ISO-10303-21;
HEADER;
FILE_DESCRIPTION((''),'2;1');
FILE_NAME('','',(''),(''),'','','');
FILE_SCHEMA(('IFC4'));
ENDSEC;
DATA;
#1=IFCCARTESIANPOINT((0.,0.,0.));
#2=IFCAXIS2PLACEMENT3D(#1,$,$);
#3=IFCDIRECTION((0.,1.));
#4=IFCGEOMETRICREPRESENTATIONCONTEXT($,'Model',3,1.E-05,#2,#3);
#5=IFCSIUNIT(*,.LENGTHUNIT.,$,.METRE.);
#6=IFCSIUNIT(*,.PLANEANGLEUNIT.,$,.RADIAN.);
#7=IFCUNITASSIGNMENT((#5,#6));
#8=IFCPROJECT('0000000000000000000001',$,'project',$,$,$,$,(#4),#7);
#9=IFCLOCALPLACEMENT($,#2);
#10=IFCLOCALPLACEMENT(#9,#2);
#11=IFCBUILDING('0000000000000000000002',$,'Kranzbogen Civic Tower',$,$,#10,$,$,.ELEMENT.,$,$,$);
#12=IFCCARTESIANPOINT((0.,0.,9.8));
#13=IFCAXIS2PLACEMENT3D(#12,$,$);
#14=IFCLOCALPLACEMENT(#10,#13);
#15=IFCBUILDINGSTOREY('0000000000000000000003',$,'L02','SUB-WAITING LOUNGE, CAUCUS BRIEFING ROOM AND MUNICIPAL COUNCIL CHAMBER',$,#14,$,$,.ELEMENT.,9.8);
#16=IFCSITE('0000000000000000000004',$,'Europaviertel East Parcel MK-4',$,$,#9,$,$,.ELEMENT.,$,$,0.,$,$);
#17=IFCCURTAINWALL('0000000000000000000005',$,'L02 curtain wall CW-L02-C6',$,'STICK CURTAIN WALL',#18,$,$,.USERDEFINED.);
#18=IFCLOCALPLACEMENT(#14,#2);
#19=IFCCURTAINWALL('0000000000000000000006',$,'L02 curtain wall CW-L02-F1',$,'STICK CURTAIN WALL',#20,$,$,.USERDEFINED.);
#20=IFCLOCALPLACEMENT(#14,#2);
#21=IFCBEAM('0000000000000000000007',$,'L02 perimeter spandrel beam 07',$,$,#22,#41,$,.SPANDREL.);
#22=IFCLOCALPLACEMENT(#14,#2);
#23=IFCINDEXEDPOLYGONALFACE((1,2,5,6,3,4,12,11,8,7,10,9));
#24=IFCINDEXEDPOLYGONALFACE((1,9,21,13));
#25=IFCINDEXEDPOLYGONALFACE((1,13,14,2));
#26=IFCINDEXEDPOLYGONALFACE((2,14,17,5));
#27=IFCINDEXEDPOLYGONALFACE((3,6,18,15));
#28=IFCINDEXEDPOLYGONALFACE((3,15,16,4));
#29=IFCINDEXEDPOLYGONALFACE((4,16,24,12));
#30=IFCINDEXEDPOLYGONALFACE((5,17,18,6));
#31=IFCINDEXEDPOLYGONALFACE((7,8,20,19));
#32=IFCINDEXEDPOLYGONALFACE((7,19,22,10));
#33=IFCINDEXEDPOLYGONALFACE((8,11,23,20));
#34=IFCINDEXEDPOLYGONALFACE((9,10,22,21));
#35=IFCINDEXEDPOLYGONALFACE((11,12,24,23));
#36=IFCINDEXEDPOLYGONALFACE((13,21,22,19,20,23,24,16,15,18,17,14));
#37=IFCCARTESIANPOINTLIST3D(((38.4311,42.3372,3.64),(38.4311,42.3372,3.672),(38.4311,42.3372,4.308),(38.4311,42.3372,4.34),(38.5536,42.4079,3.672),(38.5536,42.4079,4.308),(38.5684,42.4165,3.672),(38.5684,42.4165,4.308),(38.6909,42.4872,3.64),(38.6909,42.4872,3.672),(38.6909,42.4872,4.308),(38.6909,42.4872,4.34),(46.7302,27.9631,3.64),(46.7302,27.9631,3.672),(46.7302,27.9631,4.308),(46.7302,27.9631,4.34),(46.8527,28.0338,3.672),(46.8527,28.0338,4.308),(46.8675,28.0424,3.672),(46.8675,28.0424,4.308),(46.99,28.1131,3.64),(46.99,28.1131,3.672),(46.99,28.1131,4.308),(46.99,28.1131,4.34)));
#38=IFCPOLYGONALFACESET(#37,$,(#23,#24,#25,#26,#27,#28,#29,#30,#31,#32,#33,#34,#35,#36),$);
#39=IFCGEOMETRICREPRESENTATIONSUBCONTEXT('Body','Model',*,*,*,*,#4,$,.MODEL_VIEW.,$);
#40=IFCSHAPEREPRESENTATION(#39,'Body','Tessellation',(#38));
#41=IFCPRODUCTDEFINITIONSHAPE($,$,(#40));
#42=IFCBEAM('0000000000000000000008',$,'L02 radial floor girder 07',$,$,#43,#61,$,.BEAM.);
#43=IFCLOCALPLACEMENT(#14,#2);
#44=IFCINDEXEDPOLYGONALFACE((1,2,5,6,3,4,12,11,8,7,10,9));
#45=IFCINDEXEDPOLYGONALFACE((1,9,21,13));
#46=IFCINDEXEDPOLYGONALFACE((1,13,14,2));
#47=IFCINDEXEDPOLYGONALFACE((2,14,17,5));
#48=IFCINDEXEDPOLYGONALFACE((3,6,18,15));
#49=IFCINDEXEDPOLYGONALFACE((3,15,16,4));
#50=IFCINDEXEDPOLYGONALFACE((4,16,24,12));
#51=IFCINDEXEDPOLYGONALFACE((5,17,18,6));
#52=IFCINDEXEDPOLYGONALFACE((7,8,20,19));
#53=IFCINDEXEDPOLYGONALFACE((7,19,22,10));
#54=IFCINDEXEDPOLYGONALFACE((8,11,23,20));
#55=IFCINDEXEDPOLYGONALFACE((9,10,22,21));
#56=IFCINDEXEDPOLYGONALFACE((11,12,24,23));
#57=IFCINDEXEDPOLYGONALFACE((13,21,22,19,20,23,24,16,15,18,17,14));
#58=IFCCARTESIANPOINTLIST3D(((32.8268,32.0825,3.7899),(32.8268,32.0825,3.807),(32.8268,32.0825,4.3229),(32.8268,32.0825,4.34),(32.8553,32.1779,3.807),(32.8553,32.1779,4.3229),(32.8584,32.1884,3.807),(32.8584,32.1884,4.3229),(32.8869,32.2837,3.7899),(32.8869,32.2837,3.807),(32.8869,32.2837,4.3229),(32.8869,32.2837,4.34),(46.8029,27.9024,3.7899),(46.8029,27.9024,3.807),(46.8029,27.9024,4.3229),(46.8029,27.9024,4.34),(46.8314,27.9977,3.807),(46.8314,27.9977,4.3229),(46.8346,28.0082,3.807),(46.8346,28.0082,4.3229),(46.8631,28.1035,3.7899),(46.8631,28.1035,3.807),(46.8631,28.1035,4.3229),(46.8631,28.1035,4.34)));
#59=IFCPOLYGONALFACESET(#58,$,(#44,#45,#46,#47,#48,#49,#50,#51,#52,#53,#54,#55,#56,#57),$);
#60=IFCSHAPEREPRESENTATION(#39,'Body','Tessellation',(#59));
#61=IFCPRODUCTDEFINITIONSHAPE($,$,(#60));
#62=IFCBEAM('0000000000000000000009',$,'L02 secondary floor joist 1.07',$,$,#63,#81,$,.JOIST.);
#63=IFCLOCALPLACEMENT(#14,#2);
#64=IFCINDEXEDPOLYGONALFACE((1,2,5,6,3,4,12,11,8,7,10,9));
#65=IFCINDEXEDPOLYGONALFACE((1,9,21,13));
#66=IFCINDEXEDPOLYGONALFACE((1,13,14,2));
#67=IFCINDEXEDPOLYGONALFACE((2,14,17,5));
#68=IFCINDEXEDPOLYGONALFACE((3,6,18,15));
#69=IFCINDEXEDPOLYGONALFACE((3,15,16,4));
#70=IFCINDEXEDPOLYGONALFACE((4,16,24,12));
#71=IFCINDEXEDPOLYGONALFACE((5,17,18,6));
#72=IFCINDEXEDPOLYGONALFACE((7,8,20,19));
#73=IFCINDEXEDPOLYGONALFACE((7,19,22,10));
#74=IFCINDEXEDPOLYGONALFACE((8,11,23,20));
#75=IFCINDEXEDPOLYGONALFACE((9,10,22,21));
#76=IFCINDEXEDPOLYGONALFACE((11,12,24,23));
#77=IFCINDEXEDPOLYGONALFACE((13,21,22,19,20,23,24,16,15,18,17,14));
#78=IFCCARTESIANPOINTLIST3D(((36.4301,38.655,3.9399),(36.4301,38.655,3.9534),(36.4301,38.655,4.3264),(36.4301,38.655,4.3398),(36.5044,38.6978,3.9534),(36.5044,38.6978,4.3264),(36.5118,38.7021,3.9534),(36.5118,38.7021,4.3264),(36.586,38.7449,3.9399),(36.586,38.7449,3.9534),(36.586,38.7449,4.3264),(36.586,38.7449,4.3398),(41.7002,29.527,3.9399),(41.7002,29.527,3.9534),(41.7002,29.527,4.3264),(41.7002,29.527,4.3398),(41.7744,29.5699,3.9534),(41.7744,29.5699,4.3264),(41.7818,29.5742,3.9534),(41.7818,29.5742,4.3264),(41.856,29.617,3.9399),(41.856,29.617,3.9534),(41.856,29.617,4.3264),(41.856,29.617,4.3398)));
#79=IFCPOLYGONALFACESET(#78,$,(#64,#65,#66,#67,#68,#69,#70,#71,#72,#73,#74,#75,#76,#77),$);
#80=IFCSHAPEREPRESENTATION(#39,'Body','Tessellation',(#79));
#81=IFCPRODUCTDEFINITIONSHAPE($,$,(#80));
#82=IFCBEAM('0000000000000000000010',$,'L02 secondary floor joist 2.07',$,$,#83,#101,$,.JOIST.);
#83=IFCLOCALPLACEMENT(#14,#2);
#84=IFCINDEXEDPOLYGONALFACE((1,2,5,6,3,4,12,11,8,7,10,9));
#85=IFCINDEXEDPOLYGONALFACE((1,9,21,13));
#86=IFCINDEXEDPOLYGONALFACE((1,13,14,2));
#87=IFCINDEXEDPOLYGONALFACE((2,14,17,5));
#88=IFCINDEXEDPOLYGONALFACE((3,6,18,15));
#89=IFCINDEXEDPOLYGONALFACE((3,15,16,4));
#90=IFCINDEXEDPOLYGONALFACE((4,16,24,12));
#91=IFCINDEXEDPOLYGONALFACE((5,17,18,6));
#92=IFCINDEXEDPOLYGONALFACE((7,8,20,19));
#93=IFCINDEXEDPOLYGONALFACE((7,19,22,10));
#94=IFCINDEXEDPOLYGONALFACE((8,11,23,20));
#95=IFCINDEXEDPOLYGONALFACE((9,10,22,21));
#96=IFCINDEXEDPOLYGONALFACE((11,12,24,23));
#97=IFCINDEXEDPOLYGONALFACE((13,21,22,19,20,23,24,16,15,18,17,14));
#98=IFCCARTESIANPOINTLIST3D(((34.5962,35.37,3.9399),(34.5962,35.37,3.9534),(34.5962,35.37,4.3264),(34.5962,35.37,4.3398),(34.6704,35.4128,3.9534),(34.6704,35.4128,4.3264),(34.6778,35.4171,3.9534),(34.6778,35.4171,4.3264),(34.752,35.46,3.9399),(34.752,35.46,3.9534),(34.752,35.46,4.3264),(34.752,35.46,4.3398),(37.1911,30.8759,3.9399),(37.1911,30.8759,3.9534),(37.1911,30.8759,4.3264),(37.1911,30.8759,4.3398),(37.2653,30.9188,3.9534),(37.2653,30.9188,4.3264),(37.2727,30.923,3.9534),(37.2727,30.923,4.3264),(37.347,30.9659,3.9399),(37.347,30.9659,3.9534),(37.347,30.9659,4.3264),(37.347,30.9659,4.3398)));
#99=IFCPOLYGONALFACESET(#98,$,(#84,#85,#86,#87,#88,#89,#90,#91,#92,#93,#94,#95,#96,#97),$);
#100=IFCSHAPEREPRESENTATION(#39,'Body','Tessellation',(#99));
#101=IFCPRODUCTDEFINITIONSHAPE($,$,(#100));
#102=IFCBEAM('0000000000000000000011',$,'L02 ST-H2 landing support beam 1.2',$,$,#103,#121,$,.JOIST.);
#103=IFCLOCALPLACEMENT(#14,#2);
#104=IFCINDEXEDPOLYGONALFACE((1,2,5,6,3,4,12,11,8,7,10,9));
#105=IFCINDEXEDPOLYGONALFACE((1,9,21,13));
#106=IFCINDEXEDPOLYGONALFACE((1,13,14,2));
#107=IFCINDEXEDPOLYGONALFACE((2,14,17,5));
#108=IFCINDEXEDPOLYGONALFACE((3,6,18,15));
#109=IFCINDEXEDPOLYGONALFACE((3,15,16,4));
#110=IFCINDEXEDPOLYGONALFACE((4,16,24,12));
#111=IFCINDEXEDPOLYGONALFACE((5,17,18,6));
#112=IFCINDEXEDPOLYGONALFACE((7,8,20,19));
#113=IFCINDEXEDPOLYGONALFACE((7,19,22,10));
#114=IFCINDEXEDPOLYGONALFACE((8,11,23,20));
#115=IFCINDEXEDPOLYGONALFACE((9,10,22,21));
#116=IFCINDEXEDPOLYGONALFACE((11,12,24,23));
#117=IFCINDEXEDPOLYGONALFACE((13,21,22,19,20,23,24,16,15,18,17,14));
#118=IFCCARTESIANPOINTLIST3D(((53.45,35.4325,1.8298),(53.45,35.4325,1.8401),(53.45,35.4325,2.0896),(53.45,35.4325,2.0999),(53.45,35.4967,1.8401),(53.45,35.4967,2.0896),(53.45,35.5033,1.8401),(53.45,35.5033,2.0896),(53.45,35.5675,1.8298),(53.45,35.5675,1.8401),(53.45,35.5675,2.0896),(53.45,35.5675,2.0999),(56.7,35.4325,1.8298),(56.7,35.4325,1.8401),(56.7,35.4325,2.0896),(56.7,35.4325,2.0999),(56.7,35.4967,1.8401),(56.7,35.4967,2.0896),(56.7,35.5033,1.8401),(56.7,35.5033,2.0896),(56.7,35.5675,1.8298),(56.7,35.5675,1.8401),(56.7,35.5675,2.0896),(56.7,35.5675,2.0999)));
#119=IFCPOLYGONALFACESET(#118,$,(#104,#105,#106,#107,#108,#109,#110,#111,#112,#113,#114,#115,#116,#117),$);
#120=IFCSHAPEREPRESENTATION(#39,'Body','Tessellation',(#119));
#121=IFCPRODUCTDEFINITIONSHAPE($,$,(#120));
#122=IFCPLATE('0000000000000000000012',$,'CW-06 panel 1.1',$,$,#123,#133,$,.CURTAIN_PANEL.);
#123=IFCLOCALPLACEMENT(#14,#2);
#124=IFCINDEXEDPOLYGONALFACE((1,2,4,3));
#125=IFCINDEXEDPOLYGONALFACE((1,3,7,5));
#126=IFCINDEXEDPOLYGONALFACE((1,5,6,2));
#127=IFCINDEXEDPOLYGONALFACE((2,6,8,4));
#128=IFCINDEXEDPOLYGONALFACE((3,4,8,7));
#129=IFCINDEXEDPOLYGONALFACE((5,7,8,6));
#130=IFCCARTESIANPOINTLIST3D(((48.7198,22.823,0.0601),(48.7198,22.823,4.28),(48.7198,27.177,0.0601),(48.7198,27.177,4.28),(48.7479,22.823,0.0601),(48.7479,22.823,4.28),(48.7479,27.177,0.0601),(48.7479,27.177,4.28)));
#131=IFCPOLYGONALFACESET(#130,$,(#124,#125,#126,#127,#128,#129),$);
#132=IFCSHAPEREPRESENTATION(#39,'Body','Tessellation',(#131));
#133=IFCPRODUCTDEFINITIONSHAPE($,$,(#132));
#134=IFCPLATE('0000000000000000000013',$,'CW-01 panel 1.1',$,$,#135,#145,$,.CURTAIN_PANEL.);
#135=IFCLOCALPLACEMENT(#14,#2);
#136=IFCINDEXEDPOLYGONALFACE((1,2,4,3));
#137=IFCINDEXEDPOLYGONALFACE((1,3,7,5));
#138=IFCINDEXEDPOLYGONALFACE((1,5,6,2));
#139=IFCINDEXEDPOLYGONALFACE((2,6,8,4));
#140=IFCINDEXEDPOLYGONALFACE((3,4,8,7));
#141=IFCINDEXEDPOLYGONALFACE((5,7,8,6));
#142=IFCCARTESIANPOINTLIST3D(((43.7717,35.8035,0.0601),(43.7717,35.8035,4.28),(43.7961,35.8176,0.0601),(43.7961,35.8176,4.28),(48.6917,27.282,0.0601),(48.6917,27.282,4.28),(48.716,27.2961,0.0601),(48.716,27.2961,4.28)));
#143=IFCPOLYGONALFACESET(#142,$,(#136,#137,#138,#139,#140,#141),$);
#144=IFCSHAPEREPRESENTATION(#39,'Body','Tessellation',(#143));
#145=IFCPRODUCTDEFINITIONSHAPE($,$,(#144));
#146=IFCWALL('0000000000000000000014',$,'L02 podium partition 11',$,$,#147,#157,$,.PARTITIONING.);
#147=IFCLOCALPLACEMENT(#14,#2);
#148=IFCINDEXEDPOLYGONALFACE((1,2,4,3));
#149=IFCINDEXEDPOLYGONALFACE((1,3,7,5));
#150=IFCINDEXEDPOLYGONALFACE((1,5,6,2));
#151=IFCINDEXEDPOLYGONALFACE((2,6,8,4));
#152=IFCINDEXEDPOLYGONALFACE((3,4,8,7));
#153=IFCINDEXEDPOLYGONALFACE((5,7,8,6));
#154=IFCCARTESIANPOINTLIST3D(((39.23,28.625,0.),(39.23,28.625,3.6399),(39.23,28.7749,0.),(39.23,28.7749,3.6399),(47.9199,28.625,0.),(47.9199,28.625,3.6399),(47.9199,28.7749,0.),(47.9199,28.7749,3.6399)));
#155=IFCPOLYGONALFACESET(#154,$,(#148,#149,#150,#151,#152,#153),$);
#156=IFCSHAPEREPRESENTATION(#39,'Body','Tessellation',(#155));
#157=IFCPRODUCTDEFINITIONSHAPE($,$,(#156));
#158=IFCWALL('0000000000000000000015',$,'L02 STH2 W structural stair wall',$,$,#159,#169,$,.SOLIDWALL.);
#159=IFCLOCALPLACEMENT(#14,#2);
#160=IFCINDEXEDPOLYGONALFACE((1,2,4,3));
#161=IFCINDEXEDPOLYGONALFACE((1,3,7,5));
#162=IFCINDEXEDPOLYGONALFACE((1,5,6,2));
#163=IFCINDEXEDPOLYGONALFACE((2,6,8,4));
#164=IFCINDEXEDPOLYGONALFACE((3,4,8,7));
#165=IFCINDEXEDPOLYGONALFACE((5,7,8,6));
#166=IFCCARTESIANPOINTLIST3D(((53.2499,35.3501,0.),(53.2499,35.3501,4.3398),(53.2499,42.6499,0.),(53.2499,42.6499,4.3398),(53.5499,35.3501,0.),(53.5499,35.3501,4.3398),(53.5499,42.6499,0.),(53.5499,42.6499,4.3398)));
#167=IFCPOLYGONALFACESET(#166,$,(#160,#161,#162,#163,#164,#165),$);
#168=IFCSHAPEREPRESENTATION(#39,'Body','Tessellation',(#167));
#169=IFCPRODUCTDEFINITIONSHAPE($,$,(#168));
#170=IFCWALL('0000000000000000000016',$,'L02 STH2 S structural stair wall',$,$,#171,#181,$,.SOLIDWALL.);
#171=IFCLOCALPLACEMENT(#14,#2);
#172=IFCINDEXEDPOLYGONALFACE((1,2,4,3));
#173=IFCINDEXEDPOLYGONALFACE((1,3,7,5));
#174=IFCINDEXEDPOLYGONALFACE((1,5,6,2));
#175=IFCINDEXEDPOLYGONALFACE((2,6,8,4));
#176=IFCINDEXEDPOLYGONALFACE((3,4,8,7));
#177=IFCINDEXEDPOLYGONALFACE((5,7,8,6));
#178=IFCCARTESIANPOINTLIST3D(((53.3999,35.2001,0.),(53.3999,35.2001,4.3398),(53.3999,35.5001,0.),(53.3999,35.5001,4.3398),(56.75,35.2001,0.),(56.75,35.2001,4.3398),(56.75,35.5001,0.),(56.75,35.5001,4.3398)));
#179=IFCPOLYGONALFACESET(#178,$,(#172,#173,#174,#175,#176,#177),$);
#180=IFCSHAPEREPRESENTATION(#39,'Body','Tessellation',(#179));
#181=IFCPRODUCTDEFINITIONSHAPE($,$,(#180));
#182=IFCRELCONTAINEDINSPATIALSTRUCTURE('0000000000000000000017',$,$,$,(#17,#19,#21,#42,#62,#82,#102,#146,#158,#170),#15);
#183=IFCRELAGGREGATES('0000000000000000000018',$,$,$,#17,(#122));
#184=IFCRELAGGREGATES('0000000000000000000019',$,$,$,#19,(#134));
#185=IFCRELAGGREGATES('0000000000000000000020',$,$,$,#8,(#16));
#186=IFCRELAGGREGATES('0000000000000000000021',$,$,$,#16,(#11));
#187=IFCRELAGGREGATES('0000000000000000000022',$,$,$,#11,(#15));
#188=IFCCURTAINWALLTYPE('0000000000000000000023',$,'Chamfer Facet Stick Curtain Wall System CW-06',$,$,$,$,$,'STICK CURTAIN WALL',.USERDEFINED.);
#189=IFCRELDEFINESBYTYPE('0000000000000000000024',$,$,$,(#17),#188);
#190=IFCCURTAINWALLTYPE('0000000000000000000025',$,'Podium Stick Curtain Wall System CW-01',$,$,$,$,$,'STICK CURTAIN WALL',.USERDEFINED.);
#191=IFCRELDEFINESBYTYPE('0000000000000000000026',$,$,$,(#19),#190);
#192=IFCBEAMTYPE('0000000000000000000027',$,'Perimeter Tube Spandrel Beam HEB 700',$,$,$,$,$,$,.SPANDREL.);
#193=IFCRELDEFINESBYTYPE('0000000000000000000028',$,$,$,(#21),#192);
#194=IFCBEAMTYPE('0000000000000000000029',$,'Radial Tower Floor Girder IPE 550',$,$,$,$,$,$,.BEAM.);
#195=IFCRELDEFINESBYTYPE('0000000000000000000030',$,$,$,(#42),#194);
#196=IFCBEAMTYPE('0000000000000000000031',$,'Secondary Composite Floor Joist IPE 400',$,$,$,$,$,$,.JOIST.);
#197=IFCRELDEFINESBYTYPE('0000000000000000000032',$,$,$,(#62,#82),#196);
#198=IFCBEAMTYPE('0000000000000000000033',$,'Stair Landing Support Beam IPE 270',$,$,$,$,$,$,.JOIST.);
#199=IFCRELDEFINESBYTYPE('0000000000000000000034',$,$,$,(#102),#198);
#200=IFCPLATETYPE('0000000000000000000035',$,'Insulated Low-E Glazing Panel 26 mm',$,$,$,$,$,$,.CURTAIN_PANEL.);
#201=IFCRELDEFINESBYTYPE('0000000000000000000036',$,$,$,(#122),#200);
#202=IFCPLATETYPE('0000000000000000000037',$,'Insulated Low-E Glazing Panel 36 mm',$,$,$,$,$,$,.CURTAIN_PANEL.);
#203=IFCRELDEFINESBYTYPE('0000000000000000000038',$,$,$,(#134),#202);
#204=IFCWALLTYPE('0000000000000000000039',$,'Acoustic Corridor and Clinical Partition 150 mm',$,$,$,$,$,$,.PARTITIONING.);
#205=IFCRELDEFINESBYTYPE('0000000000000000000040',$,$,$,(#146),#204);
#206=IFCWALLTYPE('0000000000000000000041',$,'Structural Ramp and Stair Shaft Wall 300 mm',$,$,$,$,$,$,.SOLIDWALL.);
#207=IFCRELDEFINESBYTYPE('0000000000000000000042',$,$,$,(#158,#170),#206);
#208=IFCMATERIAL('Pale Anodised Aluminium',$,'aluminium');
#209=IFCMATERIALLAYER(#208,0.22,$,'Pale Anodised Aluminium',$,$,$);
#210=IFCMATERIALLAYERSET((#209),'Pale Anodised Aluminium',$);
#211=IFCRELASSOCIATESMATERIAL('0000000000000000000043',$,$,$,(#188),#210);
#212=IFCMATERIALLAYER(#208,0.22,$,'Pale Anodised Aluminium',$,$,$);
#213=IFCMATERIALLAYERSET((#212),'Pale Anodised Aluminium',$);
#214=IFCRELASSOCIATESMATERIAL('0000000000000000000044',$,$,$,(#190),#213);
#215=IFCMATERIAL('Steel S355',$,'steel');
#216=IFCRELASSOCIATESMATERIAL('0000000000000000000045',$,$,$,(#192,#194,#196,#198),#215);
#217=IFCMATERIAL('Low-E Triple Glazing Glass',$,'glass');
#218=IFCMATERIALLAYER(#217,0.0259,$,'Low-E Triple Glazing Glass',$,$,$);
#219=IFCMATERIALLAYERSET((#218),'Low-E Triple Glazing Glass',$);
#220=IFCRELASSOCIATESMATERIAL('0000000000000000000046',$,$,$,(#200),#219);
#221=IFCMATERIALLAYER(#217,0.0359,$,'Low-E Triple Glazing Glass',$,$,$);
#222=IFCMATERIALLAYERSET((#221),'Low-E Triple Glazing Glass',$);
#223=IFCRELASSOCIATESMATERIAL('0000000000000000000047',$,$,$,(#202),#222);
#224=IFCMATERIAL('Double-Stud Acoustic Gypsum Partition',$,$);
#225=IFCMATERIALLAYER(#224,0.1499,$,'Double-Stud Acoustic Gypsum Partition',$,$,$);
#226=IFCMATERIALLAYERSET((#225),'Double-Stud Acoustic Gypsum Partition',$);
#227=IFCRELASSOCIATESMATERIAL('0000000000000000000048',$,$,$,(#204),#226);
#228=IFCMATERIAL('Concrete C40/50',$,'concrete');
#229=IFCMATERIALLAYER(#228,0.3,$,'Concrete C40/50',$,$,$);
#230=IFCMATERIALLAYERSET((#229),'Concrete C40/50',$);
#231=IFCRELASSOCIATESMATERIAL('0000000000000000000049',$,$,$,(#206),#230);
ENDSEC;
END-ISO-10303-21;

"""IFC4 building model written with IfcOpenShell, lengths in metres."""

from ifc_helpers import new_model, si_unit, direction, frame, frame_2d, origin, origin_2d, place, context, subcontext, project, spatial, rectangle, i_section, extrude, material, layer, layer_set, material_profile, profile_set, type_object, element, aggregate, save


model = new_model("IFC4")

# Units and contexts
model_context = context("Model", 3, precision=1e-05, world=origin(), true_north=direction((0.0, 1.0)))
body_context = subcontext(model_context, "Body", "Model", "MODEL_VIEW")
ifc_project = project(units=[si_unit("LENGTHUNIT", "METRE"), si_unit("PLANEANGLEUNIT", "RADIAN")], contexts=[model_context])

# Site, building, storey
site_placement = place(None, origin())
site = spatial("IfcSite", under=ifc_project, at=site_placement, Name="Europaviertel East Parcel MK-4", CompositionType="ELEMENT", RefElevation=0.0)
building_placement = place(site_placement, origin())
building = spatial("IfcBuilding", under=site, at=building_placement, Name="Kranzbogen Civic Tower", CompositionType="ELEMENT")
storey_placement = place(building_placement, frame((0.0, 0.0, 9.8)))
storey = spatial("IfcBuildingStorey", under=building, at=storey_placement, Name="L02", Description="SUB-WAITING LOUNGE, CAUCUS BRIEFING ROOM AND MUNICIPAL COUNCIL CHAMBER", CompositionType="ELEMENT", Elevation=9.8)

# Shared definitions
ifc_material_1 = material(Name="Concrete C40/50", Category="concrete")

# Curtain wall
ifc_material_2 = material(Name="Pale Anodised Aluminium", Category="aluminium")
ifc_layer_1 = layer(ifc_material_2, 0.22, Name="Pale Anodised Aluminium")
ifc_layer_set_1 = layer_set([ifc_layer_1], Name="Pale Anodised Aluminium")
curtain_wall_type_1 = type_object("IfcCurtainWallType", Name="Chamfer Facet Stick Curtain Wall System CW-06", ElementType="STICK CURTAIN WALL", PredefinedType="USERDEFINED", material=ifc_layer_set_1)
curtain_wall_1_placement = place(storey_placement, origin())
curtain_wall_1 = element("IfcCurtainWall", 1, at=curtain_wall_1_placement, inside=storey, type_object=curtain_wall_type_1, Name="L02 curtain wall CW-L02-C6", ObjectType="STICK CURTAIN WALL", PredefinedType="USERDEFINED")

# Curtain wall
ifc_layer_2 = layer(ifc_material_2, 0.22, Name="Pale Anodised Aluminium")
ifc_layer_set_2 = layer_set([ifc_layer_2], Name="Pale Anodised Aluminium")
curtain_wall_type_2 = type_object("IfcCurtainWallType", Name="Podium Stick Curtain Wall System CW-01", ElementType="STICK CURTAIN WALL", PredefinedType="USERDEFINED", material=ifc_layer_set_2)
curtain_wall_2_placement = place(storey_placement, origin())
curtain_wall_2 = element("IfcCurtainWall", 2, at=curtain_wall_2_placement, inside=storey, type_object=curtain_wall_type_2, Name="L02 curtain wall CW-L02-F1", ObjectType="STICK CURTAIN WALL", PredefinedType="USERDEFINED")

# Beams
ifc_material_3 = material(Name="Steel S355", Category="steel")
ifc_material_profile_1 = material_profile(ifc_material_3, i_section(OverallWidth=0.3, OverallDepth=0.7, WebThickness=0.0171, FlangeThickness=0.032, at=origin_2d()), Name="HEB 700")
ifc_profile_set_1 = profile_set([ifc_material_profile_1], Name="Steel S355")
beam_type_1 = type_object("IfcBeamType", Name="Perimeter Tube Spandrel Beam HEB 700", PredefinedType="SPANDREL", material=ifc_profile_set_1)
beam_1_placement = place(storey_placement, frame((46.8601, 28.0381, 3.99), z_axis=(-0.50001, 0.86602, 0.0), x_axis=(-0.86602, -0.50001, 0.0)))
element("IfcBeam", 3, at=beam_1_placement, inside=storey, type_object=beam_type_1, Name="L02 perimeter spandrel beam 07", PredefinedType="SPANDREL", context=body_context, shape_type="SweptSolid", body=[
    extrude(i_section(OverallWidth=0.3, OverallDepth=0.7, WebThickness=0.0171, FlangeThickness=0.032, at=origin_2d()), origin(), (0.0, 0.0, 1.0), 16.5979),
])
ifc_material_profile_2 = material_profile(ifc_material_3, i_section(OverallWidth=0.21, OverallDepth=0.55, WebThickness=0.011, FlangeThickness=0.0171, at=origin_2d()), Name="IPE 550")
ifc_profile_set_2 = profile_set([ifc_material_profile_2], Name="Steel S355")
beam_type_2 = type_object("IfcBeamType", Name="Radial Tower Floor Girder IPE 550", PredefinedType="BEAM", material=ifc_profile_set_2)
beam_2_placement = place(storey_placement, frame((46.833, 28.0029, 4.0649), z_axis=(-0.958065, 0.286552, 0.0), x_axis=(-0.286552, -0.958065, 0.0)))
element("IfcBeam", 4, at=beam_2_placement, inside=storey, type_object=beam_type_2, Name="L02 radial floor girder 07", PredefinedType="BEAM", context=body_context, shape_type="SweptSolid", body=[
    extrude(i_section(OverallWidth=0.21, OverallDepth=0.55, WebThickness=0.011, FlangeThickness=0.0171, at=origin_2d()), origin(), (0.0, 0.0, 1.0), 14.5879),
])
ifc_material_profile_3 = material_profile(ifc_material_3, i_section(OverallWidth=0.1799, OverallDepth=0.3999, WebThickness=0.0085, FlangeThickness=0.0134, at=origin_2d()), Name="IPE 400")
ifc_profile_set_3 = profile_set([ifc_material_profile_3], Name="Steel S355")
beam_type_3 = type_object("IfcBeamType", Name="Secondary Composite Floor Joist IPE 400", PredefinedType="JOIST", material=ifc_profile_set_3)
beam_3_placement = place(storey_placement, frame((41.7781, 29.572, 4.1399), z_axis=(-0.5, 0.866025, 0.0), x_axis=(-0.866025, -0.5, 0.0)))
element("IfcBeam", 5, at=beam_3_placement, inside=storey, type_object=beam_type_3, Name="L02 secondary floor joist 1.07", PredefinedType="JOIST", context=body_context, shape_type="SweptSolid", body=[
    extrude(i_section(OverallWidth=0.1799, OverallDepth=0.3999, WebThickness=0.0085, FlangeThickness=0.0134, at=origin_2d()), origin(), (0.0, 0.0, 1.0), 10.54),
])
beam_4_placement = place(storey_placement, frame((37.269, 30.9209, 4.1399), z_axis=(-0.50004, 0.866002, 0.0), x_axis=(-0.866002, -0.50004, 0.0)))
element("IfcBeam", 6, at=beam_4_placement, inside=storey, type_object=beam_type_3, Name="L02 secondary floor joist 2.07", PredefinedType="JOIST", context=body_context, shape_type="SweptSolid", body=[
    extrude(i_section(OverallWidth=0.1799, OverallDepth=0.3999, WebThickness=0.0085, FlangeThickness=0.0134, at=origin_2d()), origin(), (0.0, 0.0, 1.0), 5.1895),
])
ifc_material_profile_4 = material_profile(ifc_material_3, i_section(OverallWidth=0.135, OverallDepth=0.27, WebThickness=0.0066, FlangeThickness=0.0103, at=origin_2d()), Name="IPE 270")
ifc_profile_set_4 = profile_set([ifc_material_profile_4], Name="Steel S355")
beam_type_4 = type_object("IfcBeamType", Name="Stair Landing Support Beam IPE 270", PredefinedType="JOIST", material=ifc_profile_set_4)
beam_5_placement = place(storey_placement, frame((53.45, 35.5, 1.9648), z_axis=(1.0, 0.0, 0.0), x_axis=(0.0, 1.0, 0.0)))
element("IfcBeam", 7, at=beam_5_placement, inside=storey, type_object=beam_type_4, Name="L02 ST-H2 landing support beam 1.2", PredefinedType="JOIST", context=body_context, shape_type="SweptSolid", body=[
    extrude(i_section(OverallWidth=0.135, OverallDepth=0.27, WebThickness=0.0066, FlangeThickness=0.0103, at=origin_2d()), origin(), (0.0, 0.0, 1.0), 3.25),
])

# Plates
ifc_material_4 = material(Name="Low-E Triple Glazing Glass", Category="glass")
ifc_layer_3 = layer(ifc_material_4, 0.0259, Name="Low-E Triple Glazing Glass")
ifc_layer_set_3 = layer_set([ifc_layer_3], Name="Low-E Triple Glazing Glass")
plate_type_1 = type_object("IfcPlateType", Name="Insulated Low-E Glazing Panel 26 mm", PredefinedType="CURTAIN_PANEL", material=ifc_layer_set_3)
plate_1_placement = place(storey_placement, frame((48.7339, 25.0, 0.0601), z_axis=(0.0, 0.0, 1.0), x_axis=(0.0, 1.0, 0.0)))
plate_1 = element("IfcPlate", 8, at=plate_1_placement, type_object=plate_type_1, Name="CW-06 panel 1.1", PredefinedType="CURTAIN_PANEL", context=body_context, shape_type="SweptSolid", body=[
    extrude(rectangle(XDim=4.354, YDim=0.0281, at=origin_2d()), origin(), (0.0, 0.0, 1.0), 4.22),
])
aggregate(curtain_wall_1, [plate_1])
ifc_layer_4 = layer(ifc_material_4, 0.0359, Name="Low-E Triple Glazing Glass")
ifc_layer_set_4 = layer_set([ifc_layer_4], Name="Low-E Triple Glazing Glass")
plate_type_2 = type_object("IfcPlateType", Name="Insulated Low-E Glazing Panel 36 mm", PredefinedType="CURTAIN_PANEL", material=ifc_layer_set_4)
plate_2_placement = place(storey_placement, frame((46.2439, 31.5498, 0.0601), z_axis=(0.0, 0.0, 1.0), x_axis=(-0.500006, 0.866022, 0.0)))
plate_2 = element("IfcPlate", 9, at=plate_2_placement, type_object=plate_type_2, Name="CW-01 panel 1.1", PredefinedType="CURTAIN_PANEL", context=body_context, shape_type="SweptSolid", body=[
    extrude(rectangle(XDim=9.8398, YDim=0.0281, at=origin_2d()), origin(), (0.0, 0.0, 1.0), 4.22),
])
aggregate(curtain_wall_2, [plate_2])

# Walls
ifc_material_5 = material(Name="Double-Stud Acoustic Gypsum Partition")
ifc_layer_5 = layer(ifc_material_5, 0.1499, Name="Double-Stud Acoustic Gypsum Partition")
ifc_layer_set_5 = layer_set([ifc_layer_5], Name="Double-Stud Acoustic Gypsum Partition")
wall_type_1 = type_object("IfcWallType", Name="Acoustic Corridor and Clinical Partition 150 mm", PredefinedType="PARTITIONING", material=ifc_layer_set_5)
wall_1_placement = place(storey_placement, frame((39.23, 28.7, 0.0), z_axis=(0.0, 0.0, 1.0), x_axis=(1.0, 0.0, 0.0)))
element("IfcWall", 10, at=wall_1_placement, inside=storey, type_object=wall_type_1, Name="L02 podium partition 11", PredefinedType="PARTITIONING", context=body_context, shape_type="SweptSolid", body=[
    extrude(rectangle(XDim=8.6899, YDim=0.1499, at=frame_2d((4.345, 0.0))), origin(), (0.0, 0.0, 1.0), 3.6399),
])
ifc_layer_6 = layer(ifc_material_1, 0.3, Name="Concrete C40/50")
ifc_layer_set_6 = layer_set([ifc_layer_6], Name="Concrete C40/50")
wall_type_2 = type_object("IfcWallType", Name="Structural Ramp and Stair Shaft Wall 300 mm", PredefinedType="SOLIDWALL", material=ifc_layer_set_6)
wall_2_placement = place(storey_placement, frame((53.3999, 35.3501, 0.0), z_axis=(0.0, 0.0, 1.0), x_axis=(0.0, 1.0, 0.0)))
element("IfcWall", 11, at=wall_2_placement, inside=storey, type_object=wall_type_2, Name="L02 STH2 W structural stair wall", PredefinedType="SOLIDWALL", context=body_context, shape_type="SweptSolid", body=[
    extrude(rectangle(XDim=7.2998, YDim=0.3, at=frame_2d((3.6499, 0.0))), origin(), (0.0, 0.0, 1.0), 4.3398),
])
wall_3_placement = place(storey_placement, frame((53.3999, 35.3501, 0.0), z_axis=(0.0, 0.0, 1.0), x_axis=(1.0, 0.0, 0.0)))
element("IfcWall", 12, at=wall_3_placement, inside=storey, type_object=wall_type_2, Name="L02 STH2 S structural stair wall", PredefinedType="SOLIDWALL", context=body_context, shape_type="SweptSolid", body=[
    extrude(rectangle(XDim=3.3501, YDim=0.3, at=frame_2d((1.675, 0.0))), origin(), (0.0, 0.0, 1.0), 4.3398),
])

save(model, "model.ifc")
